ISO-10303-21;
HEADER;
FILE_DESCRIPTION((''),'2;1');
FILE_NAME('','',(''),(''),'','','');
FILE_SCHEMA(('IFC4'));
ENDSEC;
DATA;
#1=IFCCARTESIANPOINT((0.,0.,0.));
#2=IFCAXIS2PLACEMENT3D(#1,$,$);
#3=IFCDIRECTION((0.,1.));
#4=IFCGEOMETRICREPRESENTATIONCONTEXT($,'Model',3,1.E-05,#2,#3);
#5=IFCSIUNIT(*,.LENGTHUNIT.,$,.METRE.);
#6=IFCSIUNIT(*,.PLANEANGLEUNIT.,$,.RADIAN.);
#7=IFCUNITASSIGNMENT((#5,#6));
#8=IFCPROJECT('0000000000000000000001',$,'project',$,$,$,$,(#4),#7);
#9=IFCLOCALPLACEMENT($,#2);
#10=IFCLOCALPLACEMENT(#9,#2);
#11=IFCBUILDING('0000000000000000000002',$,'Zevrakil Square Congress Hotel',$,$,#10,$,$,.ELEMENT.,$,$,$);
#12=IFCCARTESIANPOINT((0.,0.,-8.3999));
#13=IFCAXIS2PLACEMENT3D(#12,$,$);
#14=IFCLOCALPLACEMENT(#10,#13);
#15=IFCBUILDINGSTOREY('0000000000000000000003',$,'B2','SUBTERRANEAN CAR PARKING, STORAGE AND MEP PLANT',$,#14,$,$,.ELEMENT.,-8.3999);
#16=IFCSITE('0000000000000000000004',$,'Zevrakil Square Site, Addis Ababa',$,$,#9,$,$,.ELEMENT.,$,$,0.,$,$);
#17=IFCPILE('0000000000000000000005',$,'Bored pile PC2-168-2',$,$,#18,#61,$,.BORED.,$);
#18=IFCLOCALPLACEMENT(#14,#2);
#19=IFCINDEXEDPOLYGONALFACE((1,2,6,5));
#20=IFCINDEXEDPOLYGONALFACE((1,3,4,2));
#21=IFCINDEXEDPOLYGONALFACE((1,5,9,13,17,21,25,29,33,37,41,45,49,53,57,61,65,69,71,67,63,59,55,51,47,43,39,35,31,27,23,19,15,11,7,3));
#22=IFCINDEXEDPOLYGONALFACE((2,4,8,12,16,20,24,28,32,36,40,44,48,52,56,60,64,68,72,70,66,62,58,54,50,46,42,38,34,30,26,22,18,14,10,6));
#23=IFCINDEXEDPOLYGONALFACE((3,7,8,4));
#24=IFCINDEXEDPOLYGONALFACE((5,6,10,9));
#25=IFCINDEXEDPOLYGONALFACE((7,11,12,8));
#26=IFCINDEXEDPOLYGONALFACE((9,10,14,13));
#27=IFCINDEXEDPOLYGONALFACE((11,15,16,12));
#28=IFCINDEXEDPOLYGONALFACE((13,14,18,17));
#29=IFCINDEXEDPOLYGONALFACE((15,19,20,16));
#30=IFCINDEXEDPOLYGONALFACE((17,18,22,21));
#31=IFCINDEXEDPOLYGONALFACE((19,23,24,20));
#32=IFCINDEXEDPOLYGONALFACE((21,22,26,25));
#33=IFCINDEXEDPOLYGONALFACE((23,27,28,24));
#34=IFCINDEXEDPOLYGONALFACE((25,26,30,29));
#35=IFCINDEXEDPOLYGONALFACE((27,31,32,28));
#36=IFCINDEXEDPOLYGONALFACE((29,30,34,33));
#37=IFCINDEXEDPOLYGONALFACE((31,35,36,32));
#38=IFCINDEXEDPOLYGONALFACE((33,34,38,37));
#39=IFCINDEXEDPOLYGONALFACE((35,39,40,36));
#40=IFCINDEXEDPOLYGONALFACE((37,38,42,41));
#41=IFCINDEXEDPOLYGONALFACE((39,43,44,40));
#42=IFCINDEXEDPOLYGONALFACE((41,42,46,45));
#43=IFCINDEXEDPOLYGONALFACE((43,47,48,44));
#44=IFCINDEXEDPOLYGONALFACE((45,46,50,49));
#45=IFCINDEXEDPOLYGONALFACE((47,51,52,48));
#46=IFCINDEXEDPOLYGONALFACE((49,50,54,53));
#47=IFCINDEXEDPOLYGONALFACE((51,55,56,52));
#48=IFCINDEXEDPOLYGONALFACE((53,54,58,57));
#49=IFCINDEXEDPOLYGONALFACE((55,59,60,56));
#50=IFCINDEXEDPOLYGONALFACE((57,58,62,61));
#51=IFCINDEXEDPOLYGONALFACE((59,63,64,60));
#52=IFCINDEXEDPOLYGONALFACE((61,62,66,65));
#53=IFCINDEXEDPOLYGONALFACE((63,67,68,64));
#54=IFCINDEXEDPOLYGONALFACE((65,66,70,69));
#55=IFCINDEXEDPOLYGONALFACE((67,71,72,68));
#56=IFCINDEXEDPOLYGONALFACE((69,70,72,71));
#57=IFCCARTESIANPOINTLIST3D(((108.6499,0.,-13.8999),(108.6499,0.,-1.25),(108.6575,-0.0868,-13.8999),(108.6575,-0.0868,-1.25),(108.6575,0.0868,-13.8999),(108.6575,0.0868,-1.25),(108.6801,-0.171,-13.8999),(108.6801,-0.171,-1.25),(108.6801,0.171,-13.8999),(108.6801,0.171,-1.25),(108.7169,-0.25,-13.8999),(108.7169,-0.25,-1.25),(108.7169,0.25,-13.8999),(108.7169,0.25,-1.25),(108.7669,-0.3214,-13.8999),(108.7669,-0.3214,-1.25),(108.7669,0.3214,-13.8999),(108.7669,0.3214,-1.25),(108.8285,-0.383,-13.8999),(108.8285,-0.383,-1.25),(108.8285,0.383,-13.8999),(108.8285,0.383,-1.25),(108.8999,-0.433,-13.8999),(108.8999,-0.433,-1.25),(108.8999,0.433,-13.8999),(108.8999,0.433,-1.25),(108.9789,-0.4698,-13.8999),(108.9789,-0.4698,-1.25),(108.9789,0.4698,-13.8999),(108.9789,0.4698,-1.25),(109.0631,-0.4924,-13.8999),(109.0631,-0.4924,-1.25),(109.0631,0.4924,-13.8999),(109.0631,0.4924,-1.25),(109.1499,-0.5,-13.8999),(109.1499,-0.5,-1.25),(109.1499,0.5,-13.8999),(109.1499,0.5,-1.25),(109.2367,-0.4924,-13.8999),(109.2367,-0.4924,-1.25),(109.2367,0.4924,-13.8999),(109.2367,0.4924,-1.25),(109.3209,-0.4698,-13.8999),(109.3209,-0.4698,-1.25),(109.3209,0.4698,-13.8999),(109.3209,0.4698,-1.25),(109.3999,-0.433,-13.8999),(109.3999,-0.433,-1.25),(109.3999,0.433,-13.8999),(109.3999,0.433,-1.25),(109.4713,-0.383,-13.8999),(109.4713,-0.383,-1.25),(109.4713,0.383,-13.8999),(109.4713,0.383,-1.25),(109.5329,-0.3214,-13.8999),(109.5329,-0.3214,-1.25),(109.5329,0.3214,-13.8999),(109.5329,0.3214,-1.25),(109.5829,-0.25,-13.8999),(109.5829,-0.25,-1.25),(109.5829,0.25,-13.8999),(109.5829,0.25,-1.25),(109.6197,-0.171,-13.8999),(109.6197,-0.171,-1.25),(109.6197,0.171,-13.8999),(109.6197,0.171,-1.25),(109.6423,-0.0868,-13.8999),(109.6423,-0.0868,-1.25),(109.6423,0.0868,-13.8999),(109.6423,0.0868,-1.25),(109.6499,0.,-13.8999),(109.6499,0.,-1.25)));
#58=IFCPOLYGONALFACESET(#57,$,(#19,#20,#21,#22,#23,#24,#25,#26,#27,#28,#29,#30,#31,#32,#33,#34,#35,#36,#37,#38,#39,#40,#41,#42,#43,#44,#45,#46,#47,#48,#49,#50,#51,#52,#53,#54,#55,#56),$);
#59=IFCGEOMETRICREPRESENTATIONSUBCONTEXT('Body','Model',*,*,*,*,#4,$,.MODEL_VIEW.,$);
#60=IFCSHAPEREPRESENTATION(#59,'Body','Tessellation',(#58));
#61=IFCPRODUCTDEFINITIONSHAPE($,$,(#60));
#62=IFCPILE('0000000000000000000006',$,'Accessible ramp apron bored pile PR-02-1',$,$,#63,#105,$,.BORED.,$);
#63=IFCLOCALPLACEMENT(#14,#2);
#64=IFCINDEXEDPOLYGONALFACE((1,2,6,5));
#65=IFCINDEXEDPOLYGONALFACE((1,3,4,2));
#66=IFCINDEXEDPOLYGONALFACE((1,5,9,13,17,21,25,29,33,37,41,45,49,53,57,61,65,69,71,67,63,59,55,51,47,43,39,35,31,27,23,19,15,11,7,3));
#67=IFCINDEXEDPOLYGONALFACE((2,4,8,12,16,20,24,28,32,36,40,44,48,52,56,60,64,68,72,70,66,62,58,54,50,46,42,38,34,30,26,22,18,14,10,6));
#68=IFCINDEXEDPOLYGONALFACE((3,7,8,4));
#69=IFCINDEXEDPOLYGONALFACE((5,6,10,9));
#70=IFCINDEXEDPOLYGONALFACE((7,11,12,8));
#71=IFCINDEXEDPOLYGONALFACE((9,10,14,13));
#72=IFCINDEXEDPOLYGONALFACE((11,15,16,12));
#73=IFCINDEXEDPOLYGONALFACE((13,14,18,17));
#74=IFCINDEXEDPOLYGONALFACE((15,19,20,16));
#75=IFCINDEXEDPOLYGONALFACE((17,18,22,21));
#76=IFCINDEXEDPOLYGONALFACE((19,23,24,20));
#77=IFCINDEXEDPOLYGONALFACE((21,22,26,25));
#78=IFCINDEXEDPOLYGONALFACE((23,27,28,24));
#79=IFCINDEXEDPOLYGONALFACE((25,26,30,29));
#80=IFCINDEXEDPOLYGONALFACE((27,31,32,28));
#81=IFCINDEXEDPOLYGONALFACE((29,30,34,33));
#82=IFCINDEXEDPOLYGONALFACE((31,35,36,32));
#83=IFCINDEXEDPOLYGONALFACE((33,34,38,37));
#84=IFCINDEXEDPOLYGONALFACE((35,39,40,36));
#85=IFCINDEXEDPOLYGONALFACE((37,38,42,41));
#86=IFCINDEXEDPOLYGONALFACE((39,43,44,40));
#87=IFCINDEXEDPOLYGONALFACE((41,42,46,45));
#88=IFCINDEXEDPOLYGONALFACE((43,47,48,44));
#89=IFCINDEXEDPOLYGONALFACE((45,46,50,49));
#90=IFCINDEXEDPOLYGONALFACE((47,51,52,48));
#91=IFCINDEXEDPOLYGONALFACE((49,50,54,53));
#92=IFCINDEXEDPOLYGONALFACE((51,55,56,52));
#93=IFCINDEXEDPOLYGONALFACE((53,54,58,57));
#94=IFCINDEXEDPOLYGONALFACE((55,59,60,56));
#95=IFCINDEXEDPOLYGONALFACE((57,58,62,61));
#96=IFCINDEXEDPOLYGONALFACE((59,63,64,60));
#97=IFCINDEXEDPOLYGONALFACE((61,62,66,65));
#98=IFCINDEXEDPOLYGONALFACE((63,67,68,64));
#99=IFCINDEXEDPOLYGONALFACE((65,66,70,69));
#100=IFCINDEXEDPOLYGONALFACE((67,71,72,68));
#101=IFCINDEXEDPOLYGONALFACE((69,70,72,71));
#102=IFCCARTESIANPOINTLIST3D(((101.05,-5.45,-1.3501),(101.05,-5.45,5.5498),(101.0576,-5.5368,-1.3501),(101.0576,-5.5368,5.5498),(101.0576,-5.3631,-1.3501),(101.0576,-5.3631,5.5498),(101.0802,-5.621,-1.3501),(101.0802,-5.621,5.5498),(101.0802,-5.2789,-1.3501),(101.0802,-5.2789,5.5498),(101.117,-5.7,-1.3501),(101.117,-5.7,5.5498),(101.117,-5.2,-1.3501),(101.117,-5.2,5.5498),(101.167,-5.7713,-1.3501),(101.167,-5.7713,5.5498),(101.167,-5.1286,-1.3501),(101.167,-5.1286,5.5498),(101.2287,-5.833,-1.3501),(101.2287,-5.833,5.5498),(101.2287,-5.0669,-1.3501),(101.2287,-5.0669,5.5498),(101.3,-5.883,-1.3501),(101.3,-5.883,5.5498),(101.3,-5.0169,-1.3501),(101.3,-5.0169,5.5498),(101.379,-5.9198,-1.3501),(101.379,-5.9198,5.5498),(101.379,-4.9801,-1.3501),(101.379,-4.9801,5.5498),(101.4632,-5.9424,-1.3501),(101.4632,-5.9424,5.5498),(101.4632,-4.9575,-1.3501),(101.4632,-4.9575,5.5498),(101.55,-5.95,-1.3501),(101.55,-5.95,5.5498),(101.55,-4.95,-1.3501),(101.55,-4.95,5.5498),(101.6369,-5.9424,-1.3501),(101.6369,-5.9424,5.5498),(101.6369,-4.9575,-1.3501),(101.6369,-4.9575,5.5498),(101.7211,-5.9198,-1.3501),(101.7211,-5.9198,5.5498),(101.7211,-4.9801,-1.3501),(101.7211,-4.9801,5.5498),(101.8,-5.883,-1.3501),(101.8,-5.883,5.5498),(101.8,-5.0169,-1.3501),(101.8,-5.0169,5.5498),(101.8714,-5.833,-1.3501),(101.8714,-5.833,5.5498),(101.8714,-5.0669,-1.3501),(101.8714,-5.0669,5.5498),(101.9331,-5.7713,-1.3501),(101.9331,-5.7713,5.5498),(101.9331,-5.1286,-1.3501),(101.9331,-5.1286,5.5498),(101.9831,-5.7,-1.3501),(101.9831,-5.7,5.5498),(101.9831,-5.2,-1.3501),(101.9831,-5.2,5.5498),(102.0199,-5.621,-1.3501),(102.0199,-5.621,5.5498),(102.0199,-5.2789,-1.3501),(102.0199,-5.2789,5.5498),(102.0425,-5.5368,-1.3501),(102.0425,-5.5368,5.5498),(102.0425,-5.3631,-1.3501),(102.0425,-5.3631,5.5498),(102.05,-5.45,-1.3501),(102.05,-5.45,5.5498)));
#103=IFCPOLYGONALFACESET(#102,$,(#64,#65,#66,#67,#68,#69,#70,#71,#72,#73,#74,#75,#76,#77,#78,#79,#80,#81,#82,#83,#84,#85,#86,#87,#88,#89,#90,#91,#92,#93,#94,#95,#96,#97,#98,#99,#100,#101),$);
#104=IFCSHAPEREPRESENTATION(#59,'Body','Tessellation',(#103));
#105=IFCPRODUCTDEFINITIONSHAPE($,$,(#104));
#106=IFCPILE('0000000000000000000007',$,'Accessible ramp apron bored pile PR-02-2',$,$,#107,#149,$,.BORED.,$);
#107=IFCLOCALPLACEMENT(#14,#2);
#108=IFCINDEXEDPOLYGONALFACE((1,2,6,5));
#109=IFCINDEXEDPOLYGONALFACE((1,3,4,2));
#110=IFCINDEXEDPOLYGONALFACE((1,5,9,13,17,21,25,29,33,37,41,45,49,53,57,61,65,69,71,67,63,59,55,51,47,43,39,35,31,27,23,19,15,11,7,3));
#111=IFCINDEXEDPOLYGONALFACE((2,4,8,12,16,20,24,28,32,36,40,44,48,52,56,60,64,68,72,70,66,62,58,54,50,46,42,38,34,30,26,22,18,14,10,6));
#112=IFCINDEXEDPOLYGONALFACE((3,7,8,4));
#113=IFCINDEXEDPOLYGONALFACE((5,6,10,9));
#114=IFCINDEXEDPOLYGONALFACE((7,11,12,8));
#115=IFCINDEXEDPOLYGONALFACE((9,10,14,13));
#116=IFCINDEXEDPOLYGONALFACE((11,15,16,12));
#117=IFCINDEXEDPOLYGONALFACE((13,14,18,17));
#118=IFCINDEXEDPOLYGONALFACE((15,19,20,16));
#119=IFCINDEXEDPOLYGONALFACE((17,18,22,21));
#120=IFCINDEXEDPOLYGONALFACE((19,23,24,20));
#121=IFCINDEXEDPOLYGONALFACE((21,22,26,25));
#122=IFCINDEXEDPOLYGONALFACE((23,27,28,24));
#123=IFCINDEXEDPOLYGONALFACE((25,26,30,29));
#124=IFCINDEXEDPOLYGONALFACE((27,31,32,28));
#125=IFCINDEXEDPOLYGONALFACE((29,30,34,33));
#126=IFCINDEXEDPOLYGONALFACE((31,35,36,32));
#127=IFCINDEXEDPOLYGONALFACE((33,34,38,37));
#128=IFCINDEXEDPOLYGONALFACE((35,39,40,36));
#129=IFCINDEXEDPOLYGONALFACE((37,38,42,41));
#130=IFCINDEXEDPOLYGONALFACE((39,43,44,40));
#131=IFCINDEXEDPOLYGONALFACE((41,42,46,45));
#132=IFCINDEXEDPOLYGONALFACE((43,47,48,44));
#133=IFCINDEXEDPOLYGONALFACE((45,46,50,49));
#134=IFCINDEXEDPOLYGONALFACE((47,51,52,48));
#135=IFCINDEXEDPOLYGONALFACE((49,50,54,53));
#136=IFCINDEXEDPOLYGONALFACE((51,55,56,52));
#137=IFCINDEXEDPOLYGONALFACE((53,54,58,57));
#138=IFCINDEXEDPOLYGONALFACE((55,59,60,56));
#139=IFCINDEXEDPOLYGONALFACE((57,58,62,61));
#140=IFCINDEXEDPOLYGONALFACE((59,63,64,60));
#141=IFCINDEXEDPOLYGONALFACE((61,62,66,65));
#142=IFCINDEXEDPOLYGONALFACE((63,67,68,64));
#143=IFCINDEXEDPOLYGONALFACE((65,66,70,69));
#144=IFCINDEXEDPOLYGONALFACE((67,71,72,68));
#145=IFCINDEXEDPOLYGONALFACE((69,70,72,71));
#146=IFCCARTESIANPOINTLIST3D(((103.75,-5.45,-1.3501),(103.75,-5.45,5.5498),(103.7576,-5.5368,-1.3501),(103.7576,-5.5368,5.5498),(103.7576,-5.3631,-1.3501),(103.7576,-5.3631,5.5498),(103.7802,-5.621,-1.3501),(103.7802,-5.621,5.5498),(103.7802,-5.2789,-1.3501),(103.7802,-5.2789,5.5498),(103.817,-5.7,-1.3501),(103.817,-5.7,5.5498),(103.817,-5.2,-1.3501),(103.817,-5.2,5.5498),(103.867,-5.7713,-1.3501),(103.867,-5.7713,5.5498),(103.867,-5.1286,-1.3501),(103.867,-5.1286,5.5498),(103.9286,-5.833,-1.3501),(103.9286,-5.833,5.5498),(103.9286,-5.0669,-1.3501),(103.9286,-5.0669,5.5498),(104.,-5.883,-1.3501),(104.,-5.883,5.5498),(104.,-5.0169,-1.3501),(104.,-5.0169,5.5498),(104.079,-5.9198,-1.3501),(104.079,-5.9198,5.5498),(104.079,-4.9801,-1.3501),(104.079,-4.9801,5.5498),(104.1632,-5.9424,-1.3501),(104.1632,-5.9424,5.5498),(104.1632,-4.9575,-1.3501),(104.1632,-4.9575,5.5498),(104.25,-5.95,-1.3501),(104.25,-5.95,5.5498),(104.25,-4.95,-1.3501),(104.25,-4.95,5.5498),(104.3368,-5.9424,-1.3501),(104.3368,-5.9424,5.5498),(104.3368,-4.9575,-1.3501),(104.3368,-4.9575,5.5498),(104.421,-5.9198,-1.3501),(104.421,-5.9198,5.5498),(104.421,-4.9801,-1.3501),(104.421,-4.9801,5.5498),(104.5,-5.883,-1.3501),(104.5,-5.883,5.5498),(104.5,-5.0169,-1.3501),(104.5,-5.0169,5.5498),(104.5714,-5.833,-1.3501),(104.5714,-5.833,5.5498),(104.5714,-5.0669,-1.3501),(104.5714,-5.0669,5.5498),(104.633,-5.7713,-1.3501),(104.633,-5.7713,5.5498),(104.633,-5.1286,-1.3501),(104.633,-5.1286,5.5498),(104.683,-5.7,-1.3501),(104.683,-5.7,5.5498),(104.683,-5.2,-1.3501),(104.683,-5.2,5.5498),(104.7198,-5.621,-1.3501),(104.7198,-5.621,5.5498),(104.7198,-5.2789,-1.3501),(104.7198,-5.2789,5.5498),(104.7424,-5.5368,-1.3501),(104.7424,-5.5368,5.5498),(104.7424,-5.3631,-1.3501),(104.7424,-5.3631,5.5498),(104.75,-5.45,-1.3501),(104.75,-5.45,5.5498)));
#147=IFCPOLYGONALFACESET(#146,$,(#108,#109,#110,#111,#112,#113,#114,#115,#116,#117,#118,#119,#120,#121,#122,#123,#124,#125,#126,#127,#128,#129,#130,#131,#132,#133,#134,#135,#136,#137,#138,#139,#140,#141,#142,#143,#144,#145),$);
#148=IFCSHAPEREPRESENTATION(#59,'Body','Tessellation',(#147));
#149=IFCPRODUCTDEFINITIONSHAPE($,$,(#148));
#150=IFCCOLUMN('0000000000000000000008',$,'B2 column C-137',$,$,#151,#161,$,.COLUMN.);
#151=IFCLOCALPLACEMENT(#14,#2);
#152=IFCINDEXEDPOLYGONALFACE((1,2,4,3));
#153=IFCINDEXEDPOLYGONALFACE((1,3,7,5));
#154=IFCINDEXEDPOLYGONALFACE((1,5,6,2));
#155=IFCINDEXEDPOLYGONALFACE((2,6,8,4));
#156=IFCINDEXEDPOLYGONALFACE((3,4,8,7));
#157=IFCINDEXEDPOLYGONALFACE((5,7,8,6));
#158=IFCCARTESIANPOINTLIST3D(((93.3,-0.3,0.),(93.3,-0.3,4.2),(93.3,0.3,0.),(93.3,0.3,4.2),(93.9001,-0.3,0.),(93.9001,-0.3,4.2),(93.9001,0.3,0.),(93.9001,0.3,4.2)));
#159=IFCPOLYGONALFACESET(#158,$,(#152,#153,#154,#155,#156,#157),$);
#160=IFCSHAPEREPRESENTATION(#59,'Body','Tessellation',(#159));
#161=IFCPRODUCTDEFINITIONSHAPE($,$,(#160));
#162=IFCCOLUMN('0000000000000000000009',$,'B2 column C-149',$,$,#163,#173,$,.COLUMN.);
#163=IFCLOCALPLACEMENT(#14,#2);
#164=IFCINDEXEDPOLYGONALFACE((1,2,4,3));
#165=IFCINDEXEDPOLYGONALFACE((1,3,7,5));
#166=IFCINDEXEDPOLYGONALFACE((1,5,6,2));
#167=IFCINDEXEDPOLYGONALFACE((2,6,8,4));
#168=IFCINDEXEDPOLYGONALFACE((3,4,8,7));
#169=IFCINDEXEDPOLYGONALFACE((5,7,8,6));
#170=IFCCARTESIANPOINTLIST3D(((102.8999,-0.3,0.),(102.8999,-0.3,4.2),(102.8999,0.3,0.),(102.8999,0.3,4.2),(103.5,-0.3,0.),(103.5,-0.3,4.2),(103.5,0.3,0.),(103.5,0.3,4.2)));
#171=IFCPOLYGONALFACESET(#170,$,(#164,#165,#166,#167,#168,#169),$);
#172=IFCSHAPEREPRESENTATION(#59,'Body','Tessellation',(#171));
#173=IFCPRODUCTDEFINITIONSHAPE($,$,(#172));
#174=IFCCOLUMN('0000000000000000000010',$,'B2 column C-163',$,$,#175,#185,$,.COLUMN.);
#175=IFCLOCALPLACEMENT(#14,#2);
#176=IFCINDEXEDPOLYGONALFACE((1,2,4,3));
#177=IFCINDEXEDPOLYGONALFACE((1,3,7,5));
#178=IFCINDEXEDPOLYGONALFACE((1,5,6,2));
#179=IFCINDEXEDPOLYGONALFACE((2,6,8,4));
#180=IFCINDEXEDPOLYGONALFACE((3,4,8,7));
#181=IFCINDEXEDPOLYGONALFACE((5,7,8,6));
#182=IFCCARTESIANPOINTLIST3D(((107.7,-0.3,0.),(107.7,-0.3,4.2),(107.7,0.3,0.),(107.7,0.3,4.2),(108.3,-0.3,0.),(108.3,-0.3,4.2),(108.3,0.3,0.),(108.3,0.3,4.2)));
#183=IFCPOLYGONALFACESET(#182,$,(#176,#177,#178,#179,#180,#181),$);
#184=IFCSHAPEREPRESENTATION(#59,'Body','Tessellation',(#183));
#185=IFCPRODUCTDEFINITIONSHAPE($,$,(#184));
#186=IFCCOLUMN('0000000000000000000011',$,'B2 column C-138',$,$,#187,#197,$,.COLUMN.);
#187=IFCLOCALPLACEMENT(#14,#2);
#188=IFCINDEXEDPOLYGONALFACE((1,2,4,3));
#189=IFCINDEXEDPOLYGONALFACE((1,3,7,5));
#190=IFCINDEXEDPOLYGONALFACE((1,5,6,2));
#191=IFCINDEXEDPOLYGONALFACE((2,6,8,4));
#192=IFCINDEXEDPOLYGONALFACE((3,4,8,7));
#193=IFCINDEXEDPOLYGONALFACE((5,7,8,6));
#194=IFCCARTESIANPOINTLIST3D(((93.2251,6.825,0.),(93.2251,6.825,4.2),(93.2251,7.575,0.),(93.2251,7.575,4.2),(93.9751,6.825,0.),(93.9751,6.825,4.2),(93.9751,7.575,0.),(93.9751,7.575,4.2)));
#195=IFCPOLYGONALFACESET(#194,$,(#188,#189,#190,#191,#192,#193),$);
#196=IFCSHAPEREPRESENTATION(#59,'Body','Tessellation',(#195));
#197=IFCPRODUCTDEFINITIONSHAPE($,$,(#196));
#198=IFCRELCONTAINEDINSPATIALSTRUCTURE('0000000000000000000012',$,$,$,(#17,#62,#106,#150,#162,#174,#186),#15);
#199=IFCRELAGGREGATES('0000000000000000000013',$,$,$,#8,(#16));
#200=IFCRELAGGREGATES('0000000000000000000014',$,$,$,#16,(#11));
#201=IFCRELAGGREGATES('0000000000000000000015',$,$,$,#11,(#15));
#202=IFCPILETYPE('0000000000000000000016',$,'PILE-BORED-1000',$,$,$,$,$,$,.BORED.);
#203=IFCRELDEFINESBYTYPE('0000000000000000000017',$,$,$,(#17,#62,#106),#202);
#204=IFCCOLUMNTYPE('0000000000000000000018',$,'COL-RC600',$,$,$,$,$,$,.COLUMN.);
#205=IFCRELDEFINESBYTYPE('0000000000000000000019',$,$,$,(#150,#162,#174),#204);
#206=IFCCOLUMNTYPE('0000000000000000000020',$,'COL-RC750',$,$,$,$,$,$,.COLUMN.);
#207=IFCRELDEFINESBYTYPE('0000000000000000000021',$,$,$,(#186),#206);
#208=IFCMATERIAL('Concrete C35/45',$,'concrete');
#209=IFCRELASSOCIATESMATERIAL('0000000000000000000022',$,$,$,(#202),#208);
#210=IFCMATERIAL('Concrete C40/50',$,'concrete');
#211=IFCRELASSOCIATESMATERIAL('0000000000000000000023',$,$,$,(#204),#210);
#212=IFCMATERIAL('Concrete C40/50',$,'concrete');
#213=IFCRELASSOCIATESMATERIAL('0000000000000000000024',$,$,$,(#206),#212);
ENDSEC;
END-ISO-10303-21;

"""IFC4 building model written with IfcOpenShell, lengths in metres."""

from ifc_helpers import new_model, si_unit, direction, frame, origin, origin_2d, place, context, subcontext, project, spatial, rectangle, circle, extrude, material, material_profile, profile_set, type_object, element, save


model = new_model("IFC4")

# Units and contexts
model_context = context("Model", 3, precision=1e-05, world=origin(), true_north=direction((0.0, 1.0)))
body_context = subcontext(model_context, "Body", "Model", "MODEL_VIEW")
ifc_project = project(units=[si_unit("LENGTHUNIT", "METRE"), si_unit("PLANEANGLEUNIT", "RADIAN")], contexts=[model_context])

# Site, building, storey
site_placement = place(None, origin())
site = spatial("IfcSite", under=ifc_project, at=site_placement, Name="Zevrakil Square Site, Addis Ababa", CompositionType="ELEMENT", RefElevation=0.0)
building_placement = place(site_placement, origin())
building = spatial("IfcBuilding", under=site, at=building_placement, Name="Zevrakil Square Congress Hotel", CompositionType="ELEMENT")
storey_placement = place(building_placement, frame((0.0, 0.0, -8.3999)))
storey = spatial("IfcBuildingStorey", under=building, at=storey_placement, Name="B2", Description="SUBTERRANEAN CAR PARKING, STORAGE AND MEP PLANT", CompositionType="ELEMENT", Elevation=-8.3999)

# Piles
ifc_material_1 = material(Name="Concrete C35/45", Category="concrete")
ifc_material_profile_1 = material_profile(ifc_material_1, circle(Radius=0.5, at=origin_2d()), Name="PILE D1000")
ifc_profile_set_1 = profile_set([ifc_material_profile_1], Name="Concrete C35/45")
pile_type = type_object("IfcPileType", Name="PILE-BORED-1000", PredefinedType="BORED", material=ifc_profile_set_1)
for number, where, z_axis, x_axis, name in (
    (1, (109.1499, 0.0, -1.25), (0.0, 0.0, -1.0), (1.0, 0.0, 0.0), "Bored pile PC2-168-2"),
):
    element("IfcPile", number, at=place(storey_placement, frame(where, z_axis=z_axis, x_axis=x_axis)), inside=storey, type_object=pile_type, Name=name, PredefinedType="BORED", context=body_context, shape_type="SweptSolid", body=[
        extrude(circle(Radius=0.5, at=origin_2d()), origin(), (0.0, 0.0, 1.0), 12.6499),
    ])
for number, where, z_axis, x_axis, name in (
    (2, (101.55, -5.45, 5.5498), (0.0, 0.0, -1.0), (1.0, 0.0, 0.0), "Accessible ramp apron bored pile PR-02-1"),
    (3, (104.25, -5.45, 5.5498), (0.0, 0.0, -1.0), (1.0, 0.0, 0.0), "Accessible ramp apron bored pile PR-02-2"),
):
    element("IfcPile", number, at=place(storey_placement, frame(where, z_axis=z_axis, x_axis=x_axis)), inside=storey, type_object=pile_type, Name=name, PredefinedType="BORED", context=body_context, shape_type="SweptSolid", body=[
        extrude(circle(Radius=0.5, at=origin_2d()), origin(), (0.0, 0.0, 1.0), 6.8999),
    ])

# Columns
ifc_material_2 = material(Name="Concrete C40/50", Category="concrete")
ifc_material_profile_2 = material_profile(ifc_material_2, rectangle(XDim=0.6001, YDim=0.6001, at=origin_2d()), Name="RC 600x600")
ifc_profile_set_2 = profile_set([ifc_material_profile_2], Name="Concrete C40/50")
column_type_1 = type_object("IfcColumnType", Name="COL-RC600", PredefinedType="COLUMN", material=ifc_profile_set_2)
for number, where, z_axis, x_axis, name in (
    (4, (93.6001, 0.0, 0.0), (0.0, 0.0, 1.0), (1.0, 0.0, 0.0), "B2 column C-137"),
    (5, (103.2, 0.0, 0.0), (0.0, 0.0, 1.0), (1.0, 0.0, 0.0), "B2 column C-149"),
    (6, (108.0, 0.0, 0.0), (0.0, 0.0, 1.0), (1.0, 0.0, 0.0), "B2 column C-163"),
):
    element("IfcColumn", number, at=place(storey_placement, frame(where, z_axis=z_axis, x_axis=x_axis)), inside=storey, type_object=column_type_1, Name=name, PredefinedType="COLUMN", context=body_context, shape_type="SweptSolid", body=[
        extrude(rectangle(XDim=0.6001, YDim=0.6001, at=origin_2d()), origin(), (0.0, 0.0, 1.0), 4.2),
    ])
ifc_material_3 = material(Name="Concrete C40/50", Category="concrete")
ifc_material_profile_3 = material_profile(ifc_material_3, rectangle(XDim=0.75, YDim=0.75, at=origin_2d()), Name="RC 750x750")
ifc_profile_set_3 = profile_set([ifc_material_profile_3], Name="Concrete C40/50")
column_type_2 = type_object("IfcColumnType", Name="COL-RC750", PredefinedType="COLUMN", material=ifc_profile_set_3)
column_placement = place(storey_placement, frame((93.6001, 7.2, 0.0), z_axis=(0.0, 0.0, 1.0), x_axis=(1.0, 0.0, 0.0)))
element("IfcColumn", 7, at=column_placement, inside=storey, type_object=column_type_2, Name="B2 column C-138", PredefinedType="COLUMN", context=body_context, shape_type="SweptSolid", body=[
    extrude(rectangle(XDim=0.75, YDim=0.75, at=origin_2d()), origin(), (0.0, 0.0, 1.0), 4.2),
])

save(model, "model.ifc")
